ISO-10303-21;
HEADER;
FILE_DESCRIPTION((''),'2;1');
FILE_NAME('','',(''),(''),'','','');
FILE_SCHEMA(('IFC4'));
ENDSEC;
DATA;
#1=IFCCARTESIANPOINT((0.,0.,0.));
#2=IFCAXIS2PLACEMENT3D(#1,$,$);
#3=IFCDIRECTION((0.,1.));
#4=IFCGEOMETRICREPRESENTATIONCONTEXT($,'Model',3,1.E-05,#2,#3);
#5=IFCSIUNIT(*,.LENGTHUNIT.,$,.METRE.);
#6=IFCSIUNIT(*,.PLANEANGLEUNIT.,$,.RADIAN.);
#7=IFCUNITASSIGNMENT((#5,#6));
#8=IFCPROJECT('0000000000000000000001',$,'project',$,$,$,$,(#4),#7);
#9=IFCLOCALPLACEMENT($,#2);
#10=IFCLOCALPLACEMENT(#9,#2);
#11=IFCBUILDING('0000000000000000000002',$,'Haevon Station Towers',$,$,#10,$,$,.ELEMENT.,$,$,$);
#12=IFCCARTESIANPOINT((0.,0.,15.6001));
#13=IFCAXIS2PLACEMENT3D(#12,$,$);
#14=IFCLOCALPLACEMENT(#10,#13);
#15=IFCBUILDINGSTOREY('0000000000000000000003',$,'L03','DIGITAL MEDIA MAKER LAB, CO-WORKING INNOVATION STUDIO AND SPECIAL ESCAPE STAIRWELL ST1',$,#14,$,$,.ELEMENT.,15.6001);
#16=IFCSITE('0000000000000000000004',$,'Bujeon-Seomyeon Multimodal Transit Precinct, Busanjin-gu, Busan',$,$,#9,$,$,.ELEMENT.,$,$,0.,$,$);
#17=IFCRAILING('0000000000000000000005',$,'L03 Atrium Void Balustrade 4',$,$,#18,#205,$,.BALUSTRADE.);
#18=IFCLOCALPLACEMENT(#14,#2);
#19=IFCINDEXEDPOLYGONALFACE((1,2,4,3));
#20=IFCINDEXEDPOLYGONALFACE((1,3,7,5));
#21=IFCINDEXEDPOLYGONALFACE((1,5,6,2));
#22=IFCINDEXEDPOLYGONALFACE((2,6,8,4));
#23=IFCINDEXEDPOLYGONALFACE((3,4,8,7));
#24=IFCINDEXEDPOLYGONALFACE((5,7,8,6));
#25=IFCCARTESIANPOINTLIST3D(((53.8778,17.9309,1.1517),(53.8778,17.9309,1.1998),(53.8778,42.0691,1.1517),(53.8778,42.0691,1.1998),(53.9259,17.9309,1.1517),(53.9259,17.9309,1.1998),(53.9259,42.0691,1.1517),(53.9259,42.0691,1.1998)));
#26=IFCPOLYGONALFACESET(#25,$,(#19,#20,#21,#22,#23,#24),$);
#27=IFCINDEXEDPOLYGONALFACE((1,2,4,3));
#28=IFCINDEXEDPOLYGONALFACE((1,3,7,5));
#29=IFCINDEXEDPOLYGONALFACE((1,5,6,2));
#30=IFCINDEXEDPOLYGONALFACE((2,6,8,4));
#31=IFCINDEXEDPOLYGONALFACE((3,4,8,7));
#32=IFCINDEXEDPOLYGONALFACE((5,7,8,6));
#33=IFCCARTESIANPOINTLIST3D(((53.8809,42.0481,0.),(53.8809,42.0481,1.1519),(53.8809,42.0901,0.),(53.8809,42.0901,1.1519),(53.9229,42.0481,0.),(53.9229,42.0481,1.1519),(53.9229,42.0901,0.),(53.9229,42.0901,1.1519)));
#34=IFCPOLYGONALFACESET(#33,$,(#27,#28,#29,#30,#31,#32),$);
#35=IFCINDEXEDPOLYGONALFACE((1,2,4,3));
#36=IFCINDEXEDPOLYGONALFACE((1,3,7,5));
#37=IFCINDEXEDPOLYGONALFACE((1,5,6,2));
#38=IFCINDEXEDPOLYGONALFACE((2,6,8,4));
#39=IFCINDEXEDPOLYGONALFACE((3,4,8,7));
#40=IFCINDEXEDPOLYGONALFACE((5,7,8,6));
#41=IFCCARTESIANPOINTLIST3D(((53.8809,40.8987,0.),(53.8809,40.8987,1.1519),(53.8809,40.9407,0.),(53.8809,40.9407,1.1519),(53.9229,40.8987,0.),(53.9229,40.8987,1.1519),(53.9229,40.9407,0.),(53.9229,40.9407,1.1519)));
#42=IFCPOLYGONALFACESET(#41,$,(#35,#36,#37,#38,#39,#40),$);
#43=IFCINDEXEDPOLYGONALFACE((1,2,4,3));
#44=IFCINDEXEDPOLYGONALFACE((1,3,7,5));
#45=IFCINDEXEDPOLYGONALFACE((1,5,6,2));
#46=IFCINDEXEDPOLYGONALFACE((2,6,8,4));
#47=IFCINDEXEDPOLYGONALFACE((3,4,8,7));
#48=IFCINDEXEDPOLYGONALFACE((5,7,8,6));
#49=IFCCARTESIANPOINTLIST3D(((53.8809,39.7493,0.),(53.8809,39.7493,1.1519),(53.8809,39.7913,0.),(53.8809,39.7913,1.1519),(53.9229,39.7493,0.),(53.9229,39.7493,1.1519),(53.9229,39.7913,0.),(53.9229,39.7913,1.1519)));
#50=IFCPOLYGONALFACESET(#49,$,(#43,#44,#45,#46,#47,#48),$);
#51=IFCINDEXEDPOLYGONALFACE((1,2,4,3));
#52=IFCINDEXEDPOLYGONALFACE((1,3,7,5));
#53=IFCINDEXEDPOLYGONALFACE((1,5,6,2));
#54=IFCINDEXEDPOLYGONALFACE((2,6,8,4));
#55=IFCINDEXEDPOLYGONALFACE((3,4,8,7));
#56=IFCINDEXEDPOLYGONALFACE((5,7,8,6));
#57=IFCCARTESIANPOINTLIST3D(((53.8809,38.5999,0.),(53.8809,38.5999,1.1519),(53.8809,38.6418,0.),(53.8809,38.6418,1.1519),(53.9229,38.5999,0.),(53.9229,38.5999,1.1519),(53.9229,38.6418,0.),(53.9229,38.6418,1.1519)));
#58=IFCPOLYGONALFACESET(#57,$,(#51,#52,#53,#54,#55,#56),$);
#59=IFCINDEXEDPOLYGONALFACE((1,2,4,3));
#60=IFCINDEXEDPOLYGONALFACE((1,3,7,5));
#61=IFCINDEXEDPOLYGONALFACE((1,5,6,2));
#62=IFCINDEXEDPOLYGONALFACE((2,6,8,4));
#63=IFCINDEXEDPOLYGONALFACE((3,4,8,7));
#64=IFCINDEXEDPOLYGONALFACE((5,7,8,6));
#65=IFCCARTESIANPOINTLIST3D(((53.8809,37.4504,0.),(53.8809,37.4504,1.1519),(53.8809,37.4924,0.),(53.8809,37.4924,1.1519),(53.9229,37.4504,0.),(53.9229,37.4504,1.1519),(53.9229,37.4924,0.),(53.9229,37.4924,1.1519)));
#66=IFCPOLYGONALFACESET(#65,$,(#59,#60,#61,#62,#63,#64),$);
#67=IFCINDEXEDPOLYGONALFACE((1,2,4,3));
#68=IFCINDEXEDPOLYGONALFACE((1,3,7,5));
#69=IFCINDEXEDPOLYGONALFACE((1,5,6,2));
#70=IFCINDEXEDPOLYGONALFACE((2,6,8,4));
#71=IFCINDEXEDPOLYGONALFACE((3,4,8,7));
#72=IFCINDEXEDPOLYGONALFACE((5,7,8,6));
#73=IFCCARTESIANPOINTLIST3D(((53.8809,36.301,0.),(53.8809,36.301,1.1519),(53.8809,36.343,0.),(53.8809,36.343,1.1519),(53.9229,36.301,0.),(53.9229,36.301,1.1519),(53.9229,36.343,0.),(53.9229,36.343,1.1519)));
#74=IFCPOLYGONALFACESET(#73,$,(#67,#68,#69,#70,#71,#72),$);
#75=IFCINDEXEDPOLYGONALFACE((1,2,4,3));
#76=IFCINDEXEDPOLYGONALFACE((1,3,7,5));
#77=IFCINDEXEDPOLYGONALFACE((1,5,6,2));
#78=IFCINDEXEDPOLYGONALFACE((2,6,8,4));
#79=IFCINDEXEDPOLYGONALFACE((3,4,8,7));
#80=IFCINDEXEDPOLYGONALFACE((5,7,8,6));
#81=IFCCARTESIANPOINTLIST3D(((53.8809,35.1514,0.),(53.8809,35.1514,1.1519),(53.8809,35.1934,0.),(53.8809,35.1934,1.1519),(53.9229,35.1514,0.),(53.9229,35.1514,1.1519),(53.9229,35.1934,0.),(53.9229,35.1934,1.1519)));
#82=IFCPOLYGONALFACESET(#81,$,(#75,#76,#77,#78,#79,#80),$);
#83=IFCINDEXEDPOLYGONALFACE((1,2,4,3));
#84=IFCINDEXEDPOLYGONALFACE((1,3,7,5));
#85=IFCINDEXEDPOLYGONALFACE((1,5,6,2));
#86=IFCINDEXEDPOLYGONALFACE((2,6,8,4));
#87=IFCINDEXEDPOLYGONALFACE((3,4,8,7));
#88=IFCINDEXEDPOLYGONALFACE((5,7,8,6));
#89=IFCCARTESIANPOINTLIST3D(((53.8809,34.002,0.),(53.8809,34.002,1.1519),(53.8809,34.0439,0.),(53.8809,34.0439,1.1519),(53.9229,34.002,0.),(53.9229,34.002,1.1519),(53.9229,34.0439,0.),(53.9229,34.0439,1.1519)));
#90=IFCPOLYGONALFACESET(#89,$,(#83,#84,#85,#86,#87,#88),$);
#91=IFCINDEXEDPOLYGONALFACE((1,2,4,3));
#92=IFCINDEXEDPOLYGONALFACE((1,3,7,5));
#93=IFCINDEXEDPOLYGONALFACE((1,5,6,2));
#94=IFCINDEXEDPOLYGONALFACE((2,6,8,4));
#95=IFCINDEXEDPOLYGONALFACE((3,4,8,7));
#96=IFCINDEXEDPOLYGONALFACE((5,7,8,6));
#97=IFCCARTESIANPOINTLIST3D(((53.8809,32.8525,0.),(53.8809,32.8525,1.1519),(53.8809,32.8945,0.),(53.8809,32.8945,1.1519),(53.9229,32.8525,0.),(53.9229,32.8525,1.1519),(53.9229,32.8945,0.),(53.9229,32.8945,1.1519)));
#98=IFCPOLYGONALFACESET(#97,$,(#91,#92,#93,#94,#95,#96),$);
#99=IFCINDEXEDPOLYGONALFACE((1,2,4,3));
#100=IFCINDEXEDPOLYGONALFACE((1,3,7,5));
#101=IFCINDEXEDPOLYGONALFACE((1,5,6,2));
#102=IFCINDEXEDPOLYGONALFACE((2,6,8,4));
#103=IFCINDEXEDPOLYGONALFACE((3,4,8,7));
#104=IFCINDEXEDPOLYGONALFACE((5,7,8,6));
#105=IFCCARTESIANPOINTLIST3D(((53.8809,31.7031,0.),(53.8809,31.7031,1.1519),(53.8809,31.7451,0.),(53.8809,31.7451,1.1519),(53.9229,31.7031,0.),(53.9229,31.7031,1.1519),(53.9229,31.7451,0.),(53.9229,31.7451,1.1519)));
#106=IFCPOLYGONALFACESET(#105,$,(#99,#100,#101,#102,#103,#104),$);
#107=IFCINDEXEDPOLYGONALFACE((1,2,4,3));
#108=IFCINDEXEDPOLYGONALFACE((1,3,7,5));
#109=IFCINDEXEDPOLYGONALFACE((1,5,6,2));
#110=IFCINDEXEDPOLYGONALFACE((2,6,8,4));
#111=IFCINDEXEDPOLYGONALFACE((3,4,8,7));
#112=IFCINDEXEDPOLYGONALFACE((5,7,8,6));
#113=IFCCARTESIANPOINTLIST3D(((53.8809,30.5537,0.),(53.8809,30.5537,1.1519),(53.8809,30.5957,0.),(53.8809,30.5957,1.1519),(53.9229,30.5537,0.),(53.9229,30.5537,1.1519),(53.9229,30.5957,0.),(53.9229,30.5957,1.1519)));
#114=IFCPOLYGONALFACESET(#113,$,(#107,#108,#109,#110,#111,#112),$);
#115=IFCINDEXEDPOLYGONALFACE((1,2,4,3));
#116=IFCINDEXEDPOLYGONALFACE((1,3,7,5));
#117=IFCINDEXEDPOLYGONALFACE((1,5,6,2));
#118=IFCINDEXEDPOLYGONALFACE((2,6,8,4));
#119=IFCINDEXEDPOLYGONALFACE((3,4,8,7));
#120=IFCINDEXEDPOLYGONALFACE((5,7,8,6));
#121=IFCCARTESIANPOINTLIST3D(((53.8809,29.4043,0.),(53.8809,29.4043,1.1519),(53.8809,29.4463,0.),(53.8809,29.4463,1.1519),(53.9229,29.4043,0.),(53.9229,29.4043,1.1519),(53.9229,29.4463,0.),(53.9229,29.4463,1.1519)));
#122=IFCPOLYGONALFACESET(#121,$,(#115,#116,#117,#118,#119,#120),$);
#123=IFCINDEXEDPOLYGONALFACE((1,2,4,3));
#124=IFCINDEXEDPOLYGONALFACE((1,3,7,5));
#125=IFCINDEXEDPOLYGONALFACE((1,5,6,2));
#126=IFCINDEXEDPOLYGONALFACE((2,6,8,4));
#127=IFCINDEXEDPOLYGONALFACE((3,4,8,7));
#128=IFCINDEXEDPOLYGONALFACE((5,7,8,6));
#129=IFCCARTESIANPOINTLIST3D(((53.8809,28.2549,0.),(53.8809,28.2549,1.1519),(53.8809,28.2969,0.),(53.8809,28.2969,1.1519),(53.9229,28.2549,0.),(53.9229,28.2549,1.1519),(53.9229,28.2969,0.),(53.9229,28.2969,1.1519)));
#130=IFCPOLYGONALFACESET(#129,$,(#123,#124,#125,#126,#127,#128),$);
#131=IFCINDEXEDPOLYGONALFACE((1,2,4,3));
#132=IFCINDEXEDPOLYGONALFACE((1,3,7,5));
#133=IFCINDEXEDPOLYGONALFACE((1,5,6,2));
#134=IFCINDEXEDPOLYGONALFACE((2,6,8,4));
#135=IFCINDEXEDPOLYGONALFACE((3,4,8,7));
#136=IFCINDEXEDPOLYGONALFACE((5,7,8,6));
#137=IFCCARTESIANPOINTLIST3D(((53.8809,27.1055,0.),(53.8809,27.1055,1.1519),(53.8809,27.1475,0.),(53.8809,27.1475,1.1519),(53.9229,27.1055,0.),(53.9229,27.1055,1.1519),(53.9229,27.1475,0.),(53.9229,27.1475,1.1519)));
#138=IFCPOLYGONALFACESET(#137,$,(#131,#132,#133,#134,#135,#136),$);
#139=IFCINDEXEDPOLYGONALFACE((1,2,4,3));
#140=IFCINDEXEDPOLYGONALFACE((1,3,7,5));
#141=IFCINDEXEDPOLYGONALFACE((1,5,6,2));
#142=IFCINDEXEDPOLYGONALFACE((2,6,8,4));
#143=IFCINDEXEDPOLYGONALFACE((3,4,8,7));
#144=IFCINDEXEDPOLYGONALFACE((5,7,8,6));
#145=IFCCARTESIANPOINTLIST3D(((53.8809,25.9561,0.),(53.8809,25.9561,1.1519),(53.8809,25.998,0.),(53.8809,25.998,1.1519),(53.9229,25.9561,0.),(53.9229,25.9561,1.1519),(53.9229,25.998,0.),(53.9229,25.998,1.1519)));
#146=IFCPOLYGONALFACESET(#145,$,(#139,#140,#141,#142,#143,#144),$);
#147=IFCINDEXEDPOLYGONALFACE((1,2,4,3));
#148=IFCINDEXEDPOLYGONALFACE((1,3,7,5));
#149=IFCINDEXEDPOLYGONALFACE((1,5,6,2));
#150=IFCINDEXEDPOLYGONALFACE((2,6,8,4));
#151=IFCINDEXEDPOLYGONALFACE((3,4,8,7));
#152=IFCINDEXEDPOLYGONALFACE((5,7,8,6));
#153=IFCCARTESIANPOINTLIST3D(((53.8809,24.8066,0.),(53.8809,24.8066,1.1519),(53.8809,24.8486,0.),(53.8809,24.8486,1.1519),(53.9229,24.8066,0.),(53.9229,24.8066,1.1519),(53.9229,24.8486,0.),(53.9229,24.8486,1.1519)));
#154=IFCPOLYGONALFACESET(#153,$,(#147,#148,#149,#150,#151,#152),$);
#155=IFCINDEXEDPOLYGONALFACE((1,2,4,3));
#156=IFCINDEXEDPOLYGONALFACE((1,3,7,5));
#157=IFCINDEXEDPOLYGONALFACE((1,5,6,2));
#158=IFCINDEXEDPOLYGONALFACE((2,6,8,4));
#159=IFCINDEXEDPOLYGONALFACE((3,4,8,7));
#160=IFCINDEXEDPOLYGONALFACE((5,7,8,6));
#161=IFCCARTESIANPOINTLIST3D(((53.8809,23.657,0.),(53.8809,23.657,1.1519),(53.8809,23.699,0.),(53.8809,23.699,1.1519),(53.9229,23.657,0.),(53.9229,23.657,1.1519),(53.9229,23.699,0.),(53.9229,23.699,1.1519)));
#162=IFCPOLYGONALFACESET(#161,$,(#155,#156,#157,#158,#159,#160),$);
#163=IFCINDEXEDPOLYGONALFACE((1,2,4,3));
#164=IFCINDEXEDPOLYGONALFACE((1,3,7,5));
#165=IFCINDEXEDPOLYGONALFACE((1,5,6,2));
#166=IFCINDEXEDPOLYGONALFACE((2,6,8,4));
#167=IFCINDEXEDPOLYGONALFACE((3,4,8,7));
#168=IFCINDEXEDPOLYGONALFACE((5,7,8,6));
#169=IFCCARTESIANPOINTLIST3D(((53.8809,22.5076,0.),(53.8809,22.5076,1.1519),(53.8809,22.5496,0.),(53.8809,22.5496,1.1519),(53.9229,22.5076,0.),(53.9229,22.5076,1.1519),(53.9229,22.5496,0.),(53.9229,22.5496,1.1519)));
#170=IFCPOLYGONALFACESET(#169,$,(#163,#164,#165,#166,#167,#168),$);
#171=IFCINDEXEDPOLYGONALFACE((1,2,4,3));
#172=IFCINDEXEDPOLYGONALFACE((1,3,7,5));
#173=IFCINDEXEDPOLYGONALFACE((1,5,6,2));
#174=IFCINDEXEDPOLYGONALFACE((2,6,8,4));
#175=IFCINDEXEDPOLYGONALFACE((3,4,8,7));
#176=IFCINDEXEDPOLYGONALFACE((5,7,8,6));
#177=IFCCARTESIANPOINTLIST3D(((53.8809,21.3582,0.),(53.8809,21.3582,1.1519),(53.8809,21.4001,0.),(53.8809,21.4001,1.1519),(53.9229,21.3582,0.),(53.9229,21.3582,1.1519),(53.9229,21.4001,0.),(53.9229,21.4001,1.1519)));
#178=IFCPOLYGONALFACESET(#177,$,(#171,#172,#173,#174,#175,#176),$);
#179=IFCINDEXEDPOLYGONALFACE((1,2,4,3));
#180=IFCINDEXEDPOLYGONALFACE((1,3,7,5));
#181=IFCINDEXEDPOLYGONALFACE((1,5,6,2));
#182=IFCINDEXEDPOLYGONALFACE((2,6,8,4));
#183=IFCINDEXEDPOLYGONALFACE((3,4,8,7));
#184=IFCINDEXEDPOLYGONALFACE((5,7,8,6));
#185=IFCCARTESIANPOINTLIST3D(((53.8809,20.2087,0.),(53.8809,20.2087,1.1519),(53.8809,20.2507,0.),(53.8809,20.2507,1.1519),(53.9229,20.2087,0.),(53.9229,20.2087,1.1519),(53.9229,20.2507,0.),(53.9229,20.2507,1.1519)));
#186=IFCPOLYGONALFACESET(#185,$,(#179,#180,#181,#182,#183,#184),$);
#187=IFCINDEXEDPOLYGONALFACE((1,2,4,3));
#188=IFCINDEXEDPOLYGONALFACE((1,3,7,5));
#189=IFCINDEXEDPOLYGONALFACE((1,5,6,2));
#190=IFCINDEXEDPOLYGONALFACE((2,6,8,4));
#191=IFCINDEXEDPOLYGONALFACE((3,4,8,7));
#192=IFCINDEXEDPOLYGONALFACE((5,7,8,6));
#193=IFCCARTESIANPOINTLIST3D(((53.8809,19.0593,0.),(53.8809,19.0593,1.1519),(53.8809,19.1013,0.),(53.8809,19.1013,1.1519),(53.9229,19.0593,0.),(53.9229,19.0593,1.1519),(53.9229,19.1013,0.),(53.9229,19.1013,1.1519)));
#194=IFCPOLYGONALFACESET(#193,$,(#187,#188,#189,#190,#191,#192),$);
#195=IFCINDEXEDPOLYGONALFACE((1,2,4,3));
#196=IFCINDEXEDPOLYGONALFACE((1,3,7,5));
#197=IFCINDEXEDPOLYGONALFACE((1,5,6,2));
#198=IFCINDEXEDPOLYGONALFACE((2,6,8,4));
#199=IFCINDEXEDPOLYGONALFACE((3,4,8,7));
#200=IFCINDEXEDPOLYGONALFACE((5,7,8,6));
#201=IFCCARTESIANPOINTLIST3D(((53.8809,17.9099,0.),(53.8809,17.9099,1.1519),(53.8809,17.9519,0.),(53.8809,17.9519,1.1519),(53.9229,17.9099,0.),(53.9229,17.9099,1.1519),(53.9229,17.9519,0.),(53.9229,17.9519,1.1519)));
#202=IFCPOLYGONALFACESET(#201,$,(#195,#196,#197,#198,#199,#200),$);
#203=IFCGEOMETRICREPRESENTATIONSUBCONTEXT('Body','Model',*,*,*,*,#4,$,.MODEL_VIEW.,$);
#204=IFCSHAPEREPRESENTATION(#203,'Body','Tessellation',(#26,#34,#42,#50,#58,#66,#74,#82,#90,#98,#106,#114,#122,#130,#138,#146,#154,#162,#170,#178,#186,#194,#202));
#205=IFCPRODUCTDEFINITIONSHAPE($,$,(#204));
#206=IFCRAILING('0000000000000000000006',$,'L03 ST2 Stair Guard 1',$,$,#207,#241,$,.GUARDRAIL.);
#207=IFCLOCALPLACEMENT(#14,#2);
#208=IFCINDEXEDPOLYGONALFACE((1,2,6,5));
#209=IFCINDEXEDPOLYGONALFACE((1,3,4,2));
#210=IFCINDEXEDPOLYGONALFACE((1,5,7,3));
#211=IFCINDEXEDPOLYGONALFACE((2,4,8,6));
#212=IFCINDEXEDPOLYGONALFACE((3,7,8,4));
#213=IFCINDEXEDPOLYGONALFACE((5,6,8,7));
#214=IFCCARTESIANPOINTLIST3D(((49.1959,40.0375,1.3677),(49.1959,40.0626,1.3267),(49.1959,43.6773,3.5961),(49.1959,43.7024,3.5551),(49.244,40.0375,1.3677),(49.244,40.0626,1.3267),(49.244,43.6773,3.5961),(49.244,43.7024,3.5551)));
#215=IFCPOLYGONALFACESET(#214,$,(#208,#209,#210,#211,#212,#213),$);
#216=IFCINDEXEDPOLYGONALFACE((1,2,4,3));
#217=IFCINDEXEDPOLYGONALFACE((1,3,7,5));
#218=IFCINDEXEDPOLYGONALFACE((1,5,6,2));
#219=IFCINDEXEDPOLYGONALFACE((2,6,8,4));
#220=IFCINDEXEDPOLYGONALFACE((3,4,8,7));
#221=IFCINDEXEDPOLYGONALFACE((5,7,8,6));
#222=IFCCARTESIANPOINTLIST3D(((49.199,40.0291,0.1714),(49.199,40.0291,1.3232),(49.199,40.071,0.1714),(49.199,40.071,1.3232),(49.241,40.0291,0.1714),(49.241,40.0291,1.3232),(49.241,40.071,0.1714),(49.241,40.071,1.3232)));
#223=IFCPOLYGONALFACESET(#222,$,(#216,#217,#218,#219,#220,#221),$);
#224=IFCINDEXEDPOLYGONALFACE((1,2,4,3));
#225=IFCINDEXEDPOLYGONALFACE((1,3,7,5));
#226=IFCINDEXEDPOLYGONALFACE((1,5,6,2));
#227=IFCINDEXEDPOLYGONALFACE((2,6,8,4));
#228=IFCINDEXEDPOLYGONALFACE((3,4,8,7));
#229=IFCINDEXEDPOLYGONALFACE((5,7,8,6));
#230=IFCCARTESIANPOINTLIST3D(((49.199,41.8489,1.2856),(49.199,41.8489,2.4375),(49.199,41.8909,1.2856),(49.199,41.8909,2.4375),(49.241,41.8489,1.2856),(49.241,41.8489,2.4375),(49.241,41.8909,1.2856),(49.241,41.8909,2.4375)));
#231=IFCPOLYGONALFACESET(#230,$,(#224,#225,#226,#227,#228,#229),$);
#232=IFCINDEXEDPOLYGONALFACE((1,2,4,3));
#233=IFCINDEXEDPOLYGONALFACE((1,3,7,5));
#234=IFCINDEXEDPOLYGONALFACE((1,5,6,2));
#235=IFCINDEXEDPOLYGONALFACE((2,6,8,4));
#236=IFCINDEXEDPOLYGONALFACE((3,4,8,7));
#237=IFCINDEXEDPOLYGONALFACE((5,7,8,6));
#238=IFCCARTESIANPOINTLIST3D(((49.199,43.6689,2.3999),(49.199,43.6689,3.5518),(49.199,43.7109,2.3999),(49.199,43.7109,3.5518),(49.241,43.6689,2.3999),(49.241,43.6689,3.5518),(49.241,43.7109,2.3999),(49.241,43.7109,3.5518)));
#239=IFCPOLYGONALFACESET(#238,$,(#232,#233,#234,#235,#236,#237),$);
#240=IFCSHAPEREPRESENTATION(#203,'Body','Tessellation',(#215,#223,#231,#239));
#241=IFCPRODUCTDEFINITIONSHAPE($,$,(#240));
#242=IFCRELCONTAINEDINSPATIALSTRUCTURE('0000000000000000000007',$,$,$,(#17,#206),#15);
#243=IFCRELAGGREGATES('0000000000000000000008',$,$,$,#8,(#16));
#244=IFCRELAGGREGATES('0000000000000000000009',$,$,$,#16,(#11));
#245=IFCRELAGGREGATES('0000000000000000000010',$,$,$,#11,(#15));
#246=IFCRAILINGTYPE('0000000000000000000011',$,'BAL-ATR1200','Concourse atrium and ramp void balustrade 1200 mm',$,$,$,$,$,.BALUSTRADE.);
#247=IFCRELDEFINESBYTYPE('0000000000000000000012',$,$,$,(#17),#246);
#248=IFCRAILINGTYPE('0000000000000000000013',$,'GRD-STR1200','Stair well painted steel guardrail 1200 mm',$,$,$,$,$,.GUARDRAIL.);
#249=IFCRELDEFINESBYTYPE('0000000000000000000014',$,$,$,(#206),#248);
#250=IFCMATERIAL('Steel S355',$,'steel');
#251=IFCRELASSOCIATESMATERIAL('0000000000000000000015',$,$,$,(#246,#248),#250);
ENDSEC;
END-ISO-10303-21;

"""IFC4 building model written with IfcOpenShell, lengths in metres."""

from ifc_helpers import new_model, si_unit, direction, frame, origin, origin_2d, place, context, subcontext, project, spatial, rectangle, extrude, material, type_object, element, save


model = new_model("IFC4")

# Units and contexts
model_context = context("Model", 3, precision=1e-05, world=origin(), true_north=direction((0.0, 1.0)))
body_context = subcontext(model_context, "Body", "Model", "MODEL_VIEW")
ifc_project = project(units=[si_unit("LENGTHUNIT", "METRE"), si_unit("PLANEANGLEUNIT", "RADIAN")], contexts=[model_context])

# Site, building, storey
site_placement = place(None, origin())
site = spatial("IfcSite", under=ifc_project, at=site_placement, Name="Bujeon-Seomyeon Multimodal Transit Precinct, Busanjin-gu, Busan", CompositionType="ELEMENT", RefElevation=0.0)
building_placement = place(site_placement, origin())
building = spatial("IfcBuilding", under=site, at=building_placement, Name="Haevon Station Towers", CompositionType="ELEMENT")
storey_placement = place(building_placement, frame((0.0, 0.0, 15.6001)))
storey = spatial("IfcBuildingStorey", under=building, at=storey_placement, Name="L03", Description="DIGITAL MEDIA MAKER LAB, CO-WORKING INNOVATION STUDIO AND SPECIAL ESCAPE STAIRWELL ST1", CompositionType="ELEMENT", Elevation=15.6001)

# Shared definitions
ifc_material_1 = material(Name="Steel S355", Category="steel")

# Railings
railing_type_1 = type_object("IfcRailingType", Name="BAL-ATR1200", Description="Concourse atrium and ramp void balustrade 1200 mm", PredefinedType="BALUSTRADE", material=ifc_material_1)
railing_1_placement = place(storey_placement, frame((53.9019, 42.0691, 0.0)))
element("IfcRailing", 1, at=railing_1_placement, inside=storey, type_object=railing_type_1, Name="L03 Atrium Void Balustrade 4", PredefinedType="BALUSTRADE", context=body_context, shape_type="SweptSolid", body=[
    extrude(rectangle(XDim=0.0481, YDim=0.0481, at=origin_2d()), frame((0.0, 0.0, 1.1758), z_axis=(0.0, -1.0, 0.0), x_axis=(1.0, 0.0, 0.0)), (0.0, 0.0, 1.0), 24.1382),
    extrude(rectangle(XDim=0.042, YDim=0.042, at=origin_2d()), origin(), (0.0, 0.0, 1.0), 1.1519),
    extrude(rectangle(XDim=0.042, YDim=0.042, at=origin_2d()), frame((0.0, -1.1494, 0.0)), (0.0, 0.0, 1.0), 1.1519),
    extrude(rectangle(XDim=0.042, YDim=0.042, at=origin_2d()), frame((0.0, -2.2988, 0.0)), (0.0, 0.0, 1.0), 1.1519),
    extrude(rectangle(XDim=0.042, YDim=0.042, at=origin_2d()), frame((0.0, -3.4482, 0.0)), (0.0, 0.0, 1.0), 1.1519),
    extrude(rectangle(XDim=0.042, YDim=0.042, at=origin_2d()), frame((0.0, -4.5977, 0.0)), (0.0, 0.0, 1.0), 1.1519),
    extrude(rectangle(XDim=0.042, YDim=0.042, at=origin_2d()), frame((0.0, -5.7471, 0.0)), (0.0, 0.0, 1.0), 1.1519),
    extrude(rectangle(XDim=0.042, YDim=0.042, at=origin_2d()), frame((0.0, -6.8967, 0.0)), (0.0, 0.0, 1.0), 1.1519),
    extrude(rectangle(XDim=0.042, YDim=0.042, at=origin_2d()), frame((0.0, -8.0461, 0.0)), (0.0, 0.0, 1.0), 1.1519),
    extrude(rectangle(XDim=0.042, YDim=0.042, at=origin_2d()), frame((0.0, -9.1956, 0.0)), (0.0, 0.0, 1.0), 1.1519),
    extrude(rectangle(XDim=0.042, YDim=0.042, at=origin_2d()), frame((0.0, -10.345, 0.0)), (0.0, 0.0, 1.0), 1.1519),
    extrude(rectangle(XDim=0.042, YDim=0.042, at=origin_2d()), frame((0.0, -11.4944, 0.0)), (0.0, 0.0, 1.0), 1.1519),
    extrude(rectangle(XDim=0.042, YDim=0.042, at=origin_2d()), frame((0.0, -12.6438, 0.0)), (0.0, 0.0, 1.0), 1.1519),
    extrude(rectangle(XDim=0.042, YDim=0.042, at=origin_2d()), frame((0.0, -13.7932, 0.0)), (0.0, 0.0, 1.0), 1.1519),
    extrude(rectangle(XDim=0.042, YDim=0.042, at=origin_2d()), frame((0.0, -14.9426, 0.0)), (0.0, 0.0, 1.0), 1.1519),
    extrude(rectangle(XDim=0.042, YDim=0.042, at=origin_2d()), frame((0.0, -16.092, 0.0)), (0.0, 0.0, 1.0), 1.1519),
    extrude(rectangle(XDim=0.042, YDim=0.042, at=origin_2d()), frame((0.0, -17.2415, 0.0)), (0.0, 0.0, 1.0), 1.1519),
    extrude(rectangle(XDim=0.042, YDim=0.042, at=origin_2d()), frame((0.0, -18.3911, 0.0)), (0.0, 0.0, 1.0), 1.1519),
    extrude(rectangle(XDim=0.042, YDim=0.042, at=origin_2d()), frame((0.0, -19.5405, 0.0)), (0.0, 0.0, 1.0), 1.1519),
    extrude(rectangle(XDim=0.042, YDim=0.042, at=origin_2d()), frame((0.0, -20.6899, 0.0)), (0.0, 0.0, 1.0), 1.1519),
    extrude(rectangle(XDim=0.042, YDim=0.042, at=origin_2d()), frame((0.0, -21.8394, 0.0)), (0.0, 0.0, 1.0), 1.1519),
    extrude(rectangle(XDim=0.042, YDim=0.042, at=origin_2d()), frame((0.0, -22.9888, 0.0)), (0.0, 0.0, 1.0), 1.1519),
    extrude(rectangle(XDim=0.042, YDim=0.042, at=origin_2d()), frame((0.0, -24.1382, 0.0)), (0.0, 0.0, 1.0), 1.1519),
])
railing_type_2 = type_object("IfcRailingType", Name="GRD-STR1200", Description="Stair well painted steel guardrail 1200 mm", PredefinedType="GUARDRAIL", material=ifc_material_1)
railing_2_placement = place(storey_placement, frame((49.22, 40.05, 0.1714)))
element("IfcRailing", 2, at=railing_2_placement, inside=storey, type_object=railing_type_2, Name="L03 ST2 Stair Guard 1", PredefinedType="GUARDRAIL", context=body_context, shape_type="SweptSolid", body=[
    extrude(rectangle(XDim=0.0481, YDim=0.0481, at=origin_2d()), frame((0.0, 0.0, 1.1758), z_axis=(0.0, 0.85285, 0.522156), x_axis=(-1.0, 0.0, 0.0)), (0.0, 0.0, 1.0), 4.2678),
    extrude(rectangle(XDim=0.042, YDim=0.042, at=origin_2d()), origin(), (0.0, 0.0, 1.0), 1.1519),
    extrude(rectangle(XDim=0.042, YDim=0.042, at=origin_2d()), frame((0.0, 1.8198, 1.1143)), (0.0, 0.0, 1.0), 1.1519),
    extrude(rectangle(XDim=0.042, YDim=0.042, at=origin_2d()), frame((0.0, 3.6399, 2.2285)), (0.0, 0.0, 1.0), 1.1519),
])

save(model, "model.ifc")
